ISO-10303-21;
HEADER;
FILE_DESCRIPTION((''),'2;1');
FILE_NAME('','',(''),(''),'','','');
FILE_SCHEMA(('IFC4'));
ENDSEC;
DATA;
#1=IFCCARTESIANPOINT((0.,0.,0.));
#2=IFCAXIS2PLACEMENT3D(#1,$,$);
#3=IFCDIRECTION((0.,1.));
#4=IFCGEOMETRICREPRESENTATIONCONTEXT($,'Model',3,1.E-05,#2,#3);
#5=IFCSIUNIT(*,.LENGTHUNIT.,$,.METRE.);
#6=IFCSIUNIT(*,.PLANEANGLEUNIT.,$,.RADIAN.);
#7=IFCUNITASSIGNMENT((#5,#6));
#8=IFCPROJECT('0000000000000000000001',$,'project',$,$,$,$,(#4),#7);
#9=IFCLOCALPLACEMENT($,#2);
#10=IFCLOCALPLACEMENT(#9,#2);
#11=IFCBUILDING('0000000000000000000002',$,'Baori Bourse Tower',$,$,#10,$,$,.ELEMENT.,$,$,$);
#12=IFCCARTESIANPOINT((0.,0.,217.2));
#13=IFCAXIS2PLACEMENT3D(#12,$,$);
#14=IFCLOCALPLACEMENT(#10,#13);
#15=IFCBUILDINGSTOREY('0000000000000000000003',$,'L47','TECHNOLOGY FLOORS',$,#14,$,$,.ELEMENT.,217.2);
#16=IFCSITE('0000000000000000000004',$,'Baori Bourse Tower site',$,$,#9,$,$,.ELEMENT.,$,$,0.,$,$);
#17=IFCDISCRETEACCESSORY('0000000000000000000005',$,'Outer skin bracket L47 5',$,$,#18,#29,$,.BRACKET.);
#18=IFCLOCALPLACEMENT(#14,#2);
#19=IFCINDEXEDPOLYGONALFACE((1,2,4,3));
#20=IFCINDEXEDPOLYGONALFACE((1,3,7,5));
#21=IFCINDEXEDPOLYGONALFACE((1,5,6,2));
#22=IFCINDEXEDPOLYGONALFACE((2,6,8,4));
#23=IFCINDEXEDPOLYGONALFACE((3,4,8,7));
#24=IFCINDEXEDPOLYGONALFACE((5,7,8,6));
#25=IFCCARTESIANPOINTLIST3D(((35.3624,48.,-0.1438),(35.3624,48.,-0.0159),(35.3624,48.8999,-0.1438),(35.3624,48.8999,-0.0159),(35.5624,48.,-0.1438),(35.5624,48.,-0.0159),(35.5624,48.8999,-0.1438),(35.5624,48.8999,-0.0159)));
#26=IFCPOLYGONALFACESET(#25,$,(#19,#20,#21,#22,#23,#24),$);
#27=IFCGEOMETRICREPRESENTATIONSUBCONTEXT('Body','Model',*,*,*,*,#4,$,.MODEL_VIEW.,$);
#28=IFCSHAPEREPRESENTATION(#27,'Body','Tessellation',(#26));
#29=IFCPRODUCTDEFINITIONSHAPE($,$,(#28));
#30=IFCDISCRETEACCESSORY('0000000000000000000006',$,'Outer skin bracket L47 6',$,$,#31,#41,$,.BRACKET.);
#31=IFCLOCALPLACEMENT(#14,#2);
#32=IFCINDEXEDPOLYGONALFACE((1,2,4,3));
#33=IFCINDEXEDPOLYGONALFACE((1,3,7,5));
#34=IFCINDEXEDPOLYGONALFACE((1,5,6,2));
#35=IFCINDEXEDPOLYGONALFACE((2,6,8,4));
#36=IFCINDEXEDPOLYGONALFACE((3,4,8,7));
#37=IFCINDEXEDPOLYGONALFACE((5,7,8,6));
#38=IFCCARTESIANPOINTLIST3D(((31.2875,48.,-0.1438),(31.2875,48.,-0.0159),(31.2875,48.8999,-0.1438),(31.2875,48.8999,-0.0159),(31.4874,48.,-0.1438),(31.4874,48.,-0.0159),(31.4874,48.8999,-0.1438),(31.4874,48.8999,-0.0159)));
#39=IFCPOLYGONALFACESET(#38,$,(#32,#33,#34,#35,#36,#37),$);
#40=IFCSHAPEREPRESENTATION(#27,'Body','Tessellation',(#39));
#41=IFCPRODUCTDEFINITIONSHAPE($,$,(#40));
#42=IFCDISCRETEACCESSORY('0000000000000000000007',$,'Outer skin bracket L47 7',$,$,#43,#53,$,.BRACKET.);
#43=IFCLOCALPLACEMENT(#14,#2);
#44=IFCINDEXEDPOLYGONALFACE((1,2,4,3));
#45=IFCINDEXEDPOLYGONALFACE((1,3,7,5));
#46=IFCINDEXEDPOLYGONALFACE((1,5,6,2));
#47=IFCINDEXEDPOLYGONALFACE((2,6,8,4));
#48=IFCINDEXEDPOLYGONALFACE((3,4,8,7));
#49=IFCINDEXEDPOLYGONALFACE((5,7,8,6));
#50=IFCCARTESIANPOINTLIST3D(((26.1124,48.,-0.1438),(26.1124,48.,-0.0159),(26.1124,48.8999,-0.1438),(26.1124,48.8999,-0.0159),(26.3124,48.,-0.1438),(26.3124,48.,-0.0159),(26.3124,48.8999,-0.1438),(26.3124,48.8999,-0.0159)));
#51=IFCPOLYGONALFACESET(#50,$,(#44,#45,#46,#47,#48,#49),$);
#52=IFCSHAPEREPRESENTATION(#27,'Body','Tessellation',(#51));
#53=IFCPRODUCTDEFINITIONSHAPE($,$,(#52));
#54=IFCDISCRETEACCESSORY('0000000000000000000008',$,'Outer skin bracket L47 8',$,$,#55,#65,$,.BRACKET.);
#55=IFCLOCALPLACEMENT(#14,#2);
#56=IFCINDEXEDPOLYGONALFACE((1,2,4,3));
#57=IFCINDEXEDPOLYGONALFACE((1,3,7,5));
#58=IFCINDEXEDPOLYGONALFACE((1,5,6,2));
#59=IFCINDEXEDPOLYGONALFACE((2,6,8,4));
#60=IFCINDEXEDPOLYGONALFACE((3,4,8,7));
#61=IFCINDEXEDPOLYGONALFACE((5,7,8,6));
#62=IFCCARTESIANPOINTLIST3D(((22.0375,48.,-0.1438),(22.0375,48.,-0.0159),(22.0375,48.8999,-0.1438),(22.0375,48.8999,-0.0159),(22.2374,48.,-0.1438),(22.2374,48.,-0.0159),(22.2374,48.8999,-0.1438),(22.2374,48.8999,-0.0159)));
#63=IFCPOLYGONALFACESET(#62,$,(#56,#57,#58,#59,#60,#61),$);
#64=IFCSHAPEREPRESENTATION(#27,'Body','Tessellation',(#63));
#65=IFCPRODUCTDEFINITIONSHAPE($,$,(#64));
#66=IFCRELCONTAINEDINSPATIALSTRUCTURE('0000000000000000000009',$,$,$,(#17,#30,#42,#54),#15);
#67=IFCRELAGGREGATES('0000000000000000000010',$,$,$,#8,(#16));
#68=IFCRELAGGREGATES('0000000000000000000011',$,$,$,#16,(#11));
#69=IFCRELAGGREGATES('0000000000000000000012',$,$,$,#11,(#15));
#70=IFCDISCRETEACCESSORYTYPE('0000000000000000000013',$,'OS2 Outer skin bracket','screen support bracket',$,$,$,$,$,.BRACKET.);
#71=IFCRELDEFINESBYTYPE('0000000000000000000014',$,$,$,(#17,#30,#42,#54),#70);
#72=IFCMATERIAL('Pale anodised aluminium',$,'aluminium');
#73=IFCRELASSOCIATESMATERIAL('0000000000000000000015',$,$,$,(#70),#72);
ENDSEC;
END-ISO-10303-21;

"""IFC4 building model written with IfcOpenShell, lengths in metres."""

from ifc_helpers import new_model, si_unit, direction, frame, origin, origin_2d, place, context, subcontext, project, spatial, rectangle, extrude, material, type_object, element, save


model = new_model("IFC4")

# Units and contexts
model_context = context("Model", 3, precision=1e-05, world=origin(), true_north=direction((0.0, 1.0)))
body_context = subcontext(model_context, "Body", "Model", "MODEL_VIEW")
ifc_project = project(units=[si_unit("LENGTHUNIT", "METRE"), si_unit("PLANEANGLEUNIT", "RADIAN")], contexts=[model_context])

# Site, building, storey
site_placement = place(None, origin())
site = spatial("IfcSite", under=ifc_project, at=site_placement, Name="Baori Bourse Tower site", CompositionType="ELEMENT", RefElevation=0.0)
building_placement = place(site_placement, origin())
building = spatial("IfcBuilding", under=site, at=building_placement, Name="Baori Bourse Tower", CompositionType="ELEMENT")
storey_placement = place(building_placement, frame((0.0, 0.0, 217.2)))
storey = spatial("IfcBuildingStorey", under=building, at=storey_placement, Name="L47", Description="TECHNOLOGY FLOORS", CompositionType="ELEMENT", Elevation=217.2)

# Discrete accessories
ifc_material_1 = material(Name="Pale anodised aluminium", Category="aluminium")
discrete_accessory_type = type_object("IfcDiscreteAccessoryType", Name="OS2 Outer skin bracket", Description="screen support bracket", PredefinedType="BRACKET", material=ifc_material_1)
for number, where, z_axis, x_axis, name in (
    (1, (35.4624, 48.45, -0.1438), (0.0, 0.0, 1.0), (-1.0, 0.0, 0.0), "Outer skin bracket L47 5"),
    (2, (31.3875, 48.45, -0.1438), (0.0, 0.0, 1.0), (-1.0, 0.0, 0.0), "Outer skin bracket L47 6"),
    (3, (26.2124, 48.45, -0.1438), (0.0, 0.0, 1.0), (-1.0, 0.0, 0.0), "Outer skin bracket L47 7"),
    (4, (22.1375, 48.45, -0.1438), (0.0, 0.0, 1.0), (-1.0, 0.0, 0.0), "Outer skin bracket L47 8"),
):
    element("IfcDiscreteAccessory", number, at=place(storey_placement, frame(where, z_axis=z_axis, x_axis=x_axis)), inside=storey, type_object=discrete_accessory_type, Name=name, PredefinedType="BRACKET", context=body_context, shape_type="SweptSolid", body=[
        extrude(rectangle(XDim=0.2, YDim=0.8999, at=origin_2d()), origin(), (0.0, 0.0, 1.0), 0.1279),
    ])

save(model, "model.ifc")
